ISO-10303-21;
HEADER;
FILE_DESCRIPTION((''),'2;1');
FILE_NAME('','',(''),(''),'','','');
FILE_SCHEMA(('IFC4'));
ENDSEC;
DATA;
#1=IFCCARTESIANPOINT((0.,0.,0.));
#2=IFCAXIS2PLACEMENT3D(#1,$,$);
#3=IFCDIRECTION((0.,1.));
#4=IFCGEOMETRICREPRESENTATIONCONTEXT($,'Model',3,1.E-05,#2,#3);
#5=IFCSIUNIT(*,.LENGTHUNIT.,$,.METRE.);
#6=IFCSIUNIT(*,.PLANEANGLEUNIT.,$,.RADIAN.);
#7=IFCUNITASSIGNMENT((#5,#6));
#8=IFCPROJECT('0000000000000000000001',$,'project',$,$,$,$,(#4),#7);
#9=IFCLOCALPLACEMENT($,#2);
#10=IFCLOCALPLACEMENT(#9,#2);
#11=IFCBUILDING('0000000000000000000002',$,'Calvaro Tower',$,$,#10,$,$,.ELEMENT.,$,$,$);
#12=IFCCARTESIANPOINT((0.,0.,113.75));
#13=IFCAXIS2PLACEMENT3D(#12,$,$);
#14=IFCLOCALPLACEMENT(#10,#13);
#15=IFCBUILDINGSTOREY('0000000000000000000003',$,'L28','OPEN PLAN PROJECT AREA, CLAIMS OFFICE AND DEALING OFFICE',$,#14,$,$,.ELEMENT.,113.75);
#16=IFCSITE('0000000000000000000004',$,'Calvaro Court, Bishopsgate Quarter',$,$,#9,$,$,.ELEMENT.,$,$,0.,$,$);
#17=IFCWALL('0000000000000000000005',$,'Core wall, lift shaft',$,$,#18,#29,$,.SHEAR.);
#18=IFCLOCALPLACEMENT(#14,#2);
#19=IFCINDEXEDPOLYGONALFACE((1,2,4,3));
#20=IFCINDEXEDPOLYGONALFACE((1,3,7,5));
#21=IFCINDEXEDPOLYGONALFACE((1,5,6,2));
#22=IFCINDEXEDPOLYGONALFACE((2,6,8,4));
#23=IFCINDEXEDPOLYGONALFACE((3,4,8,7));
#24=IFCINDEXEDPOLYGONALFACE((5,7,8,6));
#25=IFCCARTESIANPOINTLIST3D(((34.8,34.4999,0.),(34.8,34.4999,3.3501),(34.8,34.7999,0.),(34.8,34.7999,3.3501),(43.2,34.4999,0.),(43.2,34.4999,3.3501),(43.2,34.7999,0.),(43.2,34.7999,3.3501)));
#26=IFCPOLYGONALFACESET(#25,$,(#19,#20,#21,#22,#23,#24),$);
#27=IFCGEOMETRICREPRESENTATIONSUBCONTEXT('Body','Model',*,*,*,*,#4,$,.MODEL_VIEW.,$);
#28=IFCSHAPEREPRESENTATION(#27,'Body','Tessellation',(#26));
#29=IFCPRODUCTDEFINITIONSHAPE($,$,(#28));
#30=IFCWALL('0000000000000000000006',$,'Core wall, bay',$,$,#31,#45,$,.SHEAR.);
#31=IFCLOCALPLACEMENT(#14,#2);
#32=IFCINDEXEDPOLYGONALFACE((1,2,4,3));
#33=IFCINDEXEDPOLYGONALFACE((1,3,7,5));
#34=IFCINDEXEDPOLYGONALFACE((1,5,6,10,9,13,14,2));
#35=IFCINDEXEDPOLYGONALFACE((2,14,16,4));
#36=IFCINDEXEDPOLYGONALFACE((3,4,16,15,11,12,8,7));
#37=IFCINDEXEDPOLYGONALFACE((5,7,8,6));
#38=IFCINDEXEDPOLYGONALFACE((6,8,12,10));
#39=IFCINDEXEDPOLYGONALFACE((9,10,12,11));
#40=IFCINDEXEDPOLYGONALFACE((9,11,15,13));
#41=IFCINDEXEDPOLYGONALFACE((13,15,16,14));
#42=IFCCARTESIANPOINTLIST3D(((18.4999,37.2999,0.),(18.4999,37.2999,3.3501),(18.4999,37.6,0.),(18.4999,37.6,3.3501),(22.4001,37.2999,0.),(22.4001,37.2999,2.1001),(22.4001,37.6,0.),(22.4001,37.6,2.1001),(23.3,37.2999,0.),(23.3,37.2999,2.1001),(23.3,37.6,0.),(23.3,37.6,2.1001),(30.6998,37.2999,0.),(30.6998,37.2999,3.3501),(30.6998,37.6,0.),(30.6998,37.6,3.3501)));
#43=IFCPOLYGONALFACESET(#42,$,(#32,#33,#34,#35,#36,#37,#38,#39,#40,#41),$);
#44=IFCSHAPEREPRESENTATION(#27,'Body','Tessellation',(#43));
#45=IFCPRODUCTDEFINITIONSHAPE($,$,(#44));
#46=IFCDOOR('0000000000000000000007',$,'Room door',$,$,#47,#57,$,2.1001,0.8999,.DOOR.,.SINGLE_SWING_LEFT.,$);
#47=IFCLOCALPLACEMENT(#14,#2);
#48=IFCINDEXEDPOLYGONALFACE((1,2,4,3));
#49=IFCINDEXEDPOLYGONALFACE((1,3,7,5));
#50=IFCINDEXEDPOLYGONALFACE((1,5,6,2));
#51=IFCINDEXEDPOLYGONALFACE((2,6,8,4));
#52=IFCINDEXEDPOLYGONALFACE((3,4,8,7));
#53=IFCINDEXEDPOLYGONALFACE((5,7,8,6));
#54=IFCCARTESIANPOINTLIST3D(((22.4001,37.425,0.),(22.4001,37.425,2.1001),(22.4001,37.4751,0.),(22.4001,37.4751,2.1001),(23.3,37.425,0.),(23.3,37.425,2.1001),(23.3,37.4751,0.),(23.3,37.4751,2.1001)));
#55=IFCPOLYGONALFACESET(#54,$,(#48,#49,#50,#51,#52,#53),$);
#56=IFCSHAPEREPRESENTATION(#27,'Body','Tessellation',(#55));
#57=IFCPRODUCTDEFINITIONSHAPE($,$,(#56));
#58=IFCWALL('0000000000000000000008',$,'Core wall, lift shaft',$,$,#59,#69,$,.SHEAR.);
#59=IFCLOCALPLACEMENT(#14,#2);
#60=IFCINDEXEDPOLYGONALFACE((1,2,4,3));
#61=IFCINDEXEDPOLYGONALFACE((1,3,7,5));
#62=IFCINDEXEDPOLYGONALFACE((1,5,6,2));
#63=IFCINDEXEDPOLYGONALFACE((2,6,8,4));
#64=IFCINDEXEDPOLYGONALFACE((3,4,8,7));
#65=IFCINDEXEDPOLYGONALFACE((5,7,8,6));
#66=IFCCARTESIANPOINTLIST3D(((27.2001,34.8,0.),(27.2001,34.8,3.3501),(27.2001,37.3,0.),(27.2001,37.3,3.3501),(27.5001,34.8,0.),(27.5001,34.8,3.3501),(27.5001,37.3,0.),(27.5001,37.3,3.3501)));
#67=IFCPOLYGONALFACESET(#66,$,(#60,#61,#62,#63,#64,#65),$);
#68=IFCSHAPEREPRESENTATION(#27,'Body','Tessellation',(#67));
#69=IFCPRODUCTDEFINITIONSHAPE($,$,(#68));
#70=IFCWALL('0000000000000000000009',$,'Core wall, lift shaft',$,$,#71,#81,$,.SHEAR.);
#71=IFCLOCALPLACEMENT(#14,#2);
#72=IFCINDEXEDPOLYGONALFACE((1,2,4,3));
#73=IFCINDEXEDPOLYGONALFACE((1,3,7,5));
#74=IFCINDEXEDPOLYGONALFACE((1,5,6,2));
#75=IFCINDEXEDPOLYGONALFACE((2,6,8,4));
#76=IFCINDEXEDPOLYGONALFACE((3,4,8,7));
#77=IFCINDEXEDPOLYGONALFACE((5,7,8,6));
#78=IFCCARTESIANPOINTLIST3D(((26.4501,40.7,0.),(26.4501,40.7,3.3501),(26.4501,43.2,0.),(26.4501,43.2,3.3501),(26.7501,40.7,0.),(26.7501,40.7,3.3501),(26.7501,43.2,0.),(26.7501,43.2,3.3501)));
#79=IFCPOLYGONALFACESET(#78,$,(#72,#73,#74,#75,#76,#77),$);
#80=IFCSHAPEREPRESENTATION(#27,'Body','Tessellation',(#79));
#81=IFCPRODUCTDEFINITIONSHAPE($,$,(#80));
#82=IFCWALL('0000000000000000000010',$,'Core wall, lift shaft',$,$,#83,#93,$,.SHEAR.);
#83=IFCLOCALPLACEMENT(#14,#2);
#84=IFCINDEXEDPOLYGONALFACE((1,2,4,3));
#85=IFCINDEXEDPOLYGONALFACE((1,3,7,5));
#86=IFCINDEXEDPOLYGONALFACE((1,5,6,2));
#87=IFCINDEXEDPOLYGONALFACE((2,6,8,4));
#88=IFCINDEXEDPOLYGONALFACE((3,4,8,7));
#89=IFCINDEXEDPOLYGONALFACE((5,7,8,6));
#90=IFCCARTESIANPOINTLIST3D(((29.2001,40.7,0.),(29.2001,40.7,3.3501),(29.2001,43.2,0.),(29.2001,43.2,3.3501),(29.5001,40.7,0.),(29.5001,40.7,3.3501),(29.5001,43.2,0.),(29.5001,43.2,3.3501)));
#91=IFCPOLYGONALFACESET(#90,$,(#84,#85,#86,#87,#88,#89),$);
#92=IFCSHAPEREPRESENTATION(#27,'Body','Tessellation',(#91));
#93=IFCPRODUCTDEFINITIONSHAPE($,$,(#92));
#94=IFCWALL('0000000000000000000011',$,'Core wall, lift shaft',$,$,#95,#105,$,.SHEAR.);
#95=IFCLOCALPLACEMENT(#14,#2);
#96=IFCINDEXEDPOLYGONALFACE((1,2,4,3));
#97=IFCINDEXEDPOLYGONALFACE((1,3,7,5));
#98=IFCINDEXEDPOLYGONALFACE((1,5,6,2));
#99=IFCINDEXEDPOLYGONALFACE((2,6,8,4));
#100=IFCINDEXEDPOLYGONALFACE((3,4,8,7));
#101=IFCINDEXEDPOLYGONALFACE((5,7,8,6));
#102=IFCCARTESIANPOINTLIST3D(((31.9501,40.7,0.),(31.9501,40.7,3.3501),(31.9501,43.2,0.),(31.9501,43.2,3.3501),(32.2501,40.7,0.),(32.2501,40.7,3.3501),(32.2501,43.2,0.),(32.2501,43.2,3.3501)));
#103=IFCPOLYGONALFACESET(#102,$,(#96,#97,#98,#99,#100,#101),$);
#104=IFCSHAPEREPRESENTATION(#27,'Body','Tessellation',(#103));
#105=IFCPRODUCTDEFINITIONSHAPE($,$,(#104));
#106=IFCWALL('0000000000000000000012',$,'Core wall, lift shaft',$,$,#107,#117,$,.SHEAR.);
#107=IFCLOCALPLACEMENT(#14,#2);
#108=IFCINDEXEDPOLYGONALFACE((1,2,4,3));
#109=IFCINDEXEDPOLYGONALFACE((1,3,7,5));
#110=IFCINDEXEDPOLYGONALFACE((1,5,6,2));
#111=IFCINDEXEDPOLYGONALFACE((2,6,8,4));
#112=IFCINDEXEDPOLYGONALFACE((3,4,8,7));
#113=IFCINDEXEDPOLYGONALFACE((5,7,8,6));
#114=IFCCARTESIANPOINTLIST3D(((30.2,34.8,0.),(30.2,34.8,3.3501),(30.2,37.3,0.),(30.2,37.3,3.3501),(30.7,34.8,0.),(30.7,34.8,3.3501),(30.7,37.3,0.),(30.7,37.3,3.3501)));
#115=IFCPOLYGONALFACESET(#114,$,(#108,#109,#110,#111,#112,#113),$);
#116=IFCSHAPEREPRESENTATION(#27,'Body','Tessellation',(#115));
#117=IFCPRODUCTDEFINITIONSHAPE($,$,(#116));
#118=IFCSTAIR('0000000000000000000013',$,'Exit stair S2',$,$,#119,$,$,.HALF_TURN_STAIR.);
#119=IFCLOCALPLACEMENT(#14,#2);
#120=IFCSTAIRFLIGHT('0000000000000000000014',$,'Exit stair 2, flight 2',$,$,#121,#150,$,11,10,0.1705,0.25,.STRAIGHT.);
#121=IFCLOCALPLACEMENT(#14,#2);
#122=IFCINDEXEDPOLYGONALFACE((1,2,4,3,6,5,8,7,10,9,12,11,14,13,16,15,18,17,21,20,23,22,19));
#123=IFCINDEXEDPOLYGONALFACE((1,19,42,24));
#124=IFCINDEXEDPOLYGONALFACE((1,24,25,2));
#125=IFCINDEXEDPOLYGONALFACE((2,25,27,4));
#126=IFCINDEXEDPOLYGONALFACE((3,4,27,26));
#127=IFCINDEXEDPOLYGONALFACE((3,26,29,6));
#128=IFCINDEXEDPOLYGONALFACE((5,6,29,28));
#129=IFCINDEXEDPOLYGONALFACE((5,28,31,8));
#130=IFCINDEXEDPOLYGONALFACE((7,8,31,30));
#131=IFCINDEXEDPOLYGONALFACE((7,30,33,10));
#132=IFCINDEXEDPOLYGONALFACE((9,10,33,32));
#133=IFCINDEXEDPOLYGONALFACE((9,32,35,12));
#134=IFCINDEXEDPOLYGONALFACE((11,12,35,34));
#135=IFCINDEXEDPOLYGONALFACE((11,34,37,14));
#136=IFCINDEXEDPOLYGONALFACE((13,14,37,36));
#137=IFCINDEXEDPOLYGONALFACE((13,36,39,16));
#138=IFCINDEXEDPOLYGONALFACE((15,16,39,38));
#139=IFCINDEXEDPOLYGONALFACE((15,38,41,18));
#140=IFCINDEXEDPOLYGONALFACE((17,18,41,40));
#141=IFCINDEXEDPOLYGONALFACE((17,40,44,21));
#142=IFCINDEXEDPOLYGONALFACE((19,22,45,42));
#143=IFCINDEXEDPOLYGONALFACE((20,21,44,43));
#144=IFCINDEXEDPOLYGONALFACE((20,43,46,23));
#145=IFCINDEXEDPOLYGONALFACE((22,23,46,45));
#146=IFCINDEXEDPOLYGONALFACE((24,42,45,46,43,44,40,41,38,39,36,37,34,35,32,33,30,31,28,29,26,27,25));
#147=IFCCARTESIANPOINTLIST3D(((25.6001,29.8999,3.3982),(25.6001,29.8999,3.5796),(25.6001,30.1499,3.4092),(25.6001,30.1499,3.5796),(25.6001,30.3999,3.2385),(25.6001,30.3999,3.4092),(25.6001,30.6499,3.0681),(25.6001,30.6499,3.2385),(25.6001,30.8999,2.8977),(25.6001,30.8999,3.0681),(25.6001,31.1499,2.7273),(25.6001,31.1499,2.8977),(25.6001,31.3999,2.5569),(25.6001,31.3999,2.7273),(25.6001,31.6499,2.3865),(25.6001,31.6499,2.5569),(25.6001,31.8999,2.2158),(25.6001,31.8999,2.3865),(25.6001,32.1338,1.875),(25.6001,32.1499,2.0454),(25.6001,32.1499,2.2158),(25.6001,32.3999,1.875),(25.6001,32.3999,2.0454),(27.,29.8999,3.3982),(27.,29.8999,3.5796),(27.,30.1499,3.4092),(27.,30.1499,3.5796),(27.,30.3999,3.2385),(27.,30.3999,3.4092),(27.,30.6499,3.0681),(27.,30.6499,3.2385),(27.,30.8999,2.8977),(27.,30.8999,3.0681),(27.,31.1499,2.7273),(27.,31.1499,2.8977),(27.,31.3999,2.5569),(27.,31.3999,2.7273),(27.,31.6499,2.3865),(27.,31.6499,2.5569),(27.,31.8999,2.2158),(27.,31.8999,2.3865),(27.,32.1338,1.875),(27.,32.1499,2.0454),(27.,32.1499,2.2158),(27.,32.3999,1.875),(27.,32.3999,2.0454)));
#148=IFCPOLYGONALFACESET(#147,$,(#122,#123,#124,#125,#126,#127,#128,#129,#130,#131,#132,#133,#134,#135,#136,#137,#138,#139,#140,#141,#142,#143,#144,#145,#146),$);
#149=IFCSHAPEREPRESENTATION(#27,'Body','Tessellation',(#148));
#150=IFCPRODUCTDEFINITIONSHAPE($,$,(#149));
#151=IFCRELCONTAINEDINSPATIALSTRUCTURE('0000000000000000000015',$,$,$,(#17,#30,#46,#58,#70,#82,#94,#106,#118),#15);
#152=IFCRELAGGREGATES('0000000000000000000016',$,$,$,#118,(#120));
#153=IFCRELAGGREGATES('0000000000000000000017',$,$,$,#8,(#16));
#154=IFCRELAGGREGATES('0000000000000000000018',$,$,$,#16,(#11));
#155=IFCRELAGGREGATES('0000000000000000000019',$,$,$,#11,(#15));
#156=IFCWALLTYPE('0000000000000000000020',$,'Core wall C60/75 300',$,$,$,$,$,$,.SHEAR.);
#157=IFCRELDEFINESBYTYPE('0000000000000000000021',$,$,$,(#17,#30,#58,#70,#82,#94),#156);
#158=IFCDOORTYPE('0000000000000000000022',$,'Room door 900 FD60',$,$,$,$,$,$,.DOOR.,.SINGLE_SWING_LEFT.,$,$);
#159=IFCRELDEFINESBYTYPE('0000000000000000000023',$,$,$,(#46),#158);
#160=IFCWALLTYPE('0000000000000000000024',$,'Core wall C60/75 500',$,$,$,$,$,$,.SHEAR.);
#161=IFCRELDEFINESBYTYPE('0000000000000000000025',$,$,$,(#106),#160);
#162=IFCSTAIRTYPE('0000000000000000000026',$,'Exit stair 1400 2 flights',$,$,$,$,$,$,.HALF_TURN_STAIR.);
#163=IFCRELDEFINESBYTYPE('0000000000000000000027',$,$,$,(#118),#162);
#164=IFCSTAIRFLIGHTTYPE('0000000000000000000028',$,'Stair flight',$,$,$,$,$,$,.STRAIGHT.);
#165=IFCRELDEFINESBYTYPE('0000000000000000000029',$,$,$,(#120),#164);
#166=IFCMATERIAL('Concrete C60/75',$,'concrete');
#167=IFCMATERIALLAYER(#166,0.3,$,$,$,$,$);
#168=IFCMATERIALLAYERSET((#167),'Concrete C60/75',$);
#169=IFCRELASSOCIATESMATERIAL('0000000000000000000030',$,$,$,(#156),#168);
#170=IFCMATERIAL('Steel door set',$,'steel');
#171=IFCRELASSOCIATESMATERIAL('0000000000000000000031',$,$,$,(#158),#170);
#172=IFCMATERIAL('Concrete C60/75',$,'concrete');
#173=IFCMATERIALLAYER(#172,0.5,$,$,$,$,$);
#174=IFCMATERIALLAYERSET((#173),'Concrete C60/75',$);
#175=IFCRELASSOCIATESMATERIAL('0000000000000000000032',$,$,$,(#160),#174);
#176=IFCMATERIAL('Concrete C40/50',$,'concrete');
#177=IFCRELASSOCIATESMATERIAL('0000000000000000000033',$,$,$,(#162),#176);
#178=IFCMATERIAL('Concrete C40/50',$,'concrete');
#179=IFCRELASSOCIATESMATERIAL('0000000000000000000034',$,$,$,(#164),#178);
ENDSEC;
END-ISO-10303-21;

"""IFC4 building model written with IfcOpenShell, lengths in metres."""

from ifc_helpers import new_model, si_unit, direction, frame, frame_2d, origin, place, context, subcontext, project, spatial, polyline, rectangle, outline, extrude, material, layer, layer_set, type_object, element, fill, aggregate, save


model = new_model("IFC4")

# Units and contexts
model_context = context("Model", 3, precision=1e-05, world=origin(), true_north=direction((0.0, 1.0)))
body_context = subcontext(model_context, "Body", "Model", "MODEL_VIEW")
ifc_project = project(units=[si_unit("LENGTHUNIT", "METRE"), si_unit("PLANEANGLEUNIT", "RADIAN")], contexts=[model_context])

# Site, building, storey
site_placement = place(None, origin())
site = spatial("IfcSite", under=ifc_project, at=site_placement, Name="Calvaro Court, Bishopsgate Quarter", CompositionType="ELEMENT", RefElevation=0.0)
building_placement = place(site_placement, origin())
building = spatial("IfcBuilding", under=site, at=building_placement, Name="Calvaro Tower", CompositionType="ELEMENT")
storey_placement = place(building_placement, frame((0.0, 0.0, 113.75)))
storey = spatial("IfcBuildingStorey", under=building, at=storey_placement, Name="L28", Description="OPEN PLAN PROJECT AREA, CLAIMS OFFICE AND DEALING OFFICE", CompositionType="ELEMENT", Elevation=113.75)

# Wall
ifc_material_1 = material(Name="Concrete C60/75", Category="concrete")
ifc_layer_1 = layer(ifc_material_1, 0.3)
ifc_layer_set_1 = layer_set([ifc_layer_1], Name="Concrete C60/75")
wall_type_1 = type_object("IfcWallType", Name="Core wall C60/75 300", PredefinedType="SHEAR", material=ifc_layer_set_1)
wall_1_placement = place(storey_placement, frame((34.8, 34.6499, 0.0), z_axis=(0.0, 0.0, 1.0), x_axis=(1.0, 0.0, 0.0)))
element("IfcWall", 1, at=wall_1_placement, inside=storey, type_object=wall_type_1, Name="Core wall, lift shaft", PredefinedType="SHEAR", context=body_context, shape_type="SweptSolid", body=[
    extrude(rectangle(XDim=8.3999, YDim=0.3, at=frame_2d((4.2, 0.0))), origin(), (0.0, 0.0, 1.0), 3.3501),
])

# Wall, opening, door
wall_2_placement = place(storey_placement, frame((30.7, 37.45, 0.0), z_axis=(0.0, 0.0, 1.0), x_axis=(-1.0, 0.0, 0.0)))
wall_2 = element("IfcWall", 2, at=wall_2_placement, inside=storey, type_object=wall_type_1, Name="Core wall, bay", PredefinedType="SHEAR", context=body_context, shape_type="SweptSolid", body=[
    extrude(rectangle(XDim=12.2, YDim=0.3, at=frame_2d((6.1001, 0.0))), origin(), (0.0, 0.0, 1.0), 3.3501),
])
opening_placement = place(wall_2_placement, frame((7.3999, 0.0, 0.0)))
opening = element("IfcOpeningElement", 3, at=opening_placement, cuts=wall_2, PredefinedType="OPENING", context=body_context, shape_type="SweptSolid", body=[
    extrude(rectangle(XDim=0.8999, YDim=2.1001, at=frame_2d((0.45, 1.05))), frame((0.0, 0.1599, 0.0), z_axis=(0.0, -1.0, 0.0), x_axis=(1.0, 0.0, 0.0)), (0.0, 0.0, 1.0), 0.3201),
])
ifc_material_2 = material(Name="Steel door set", Category="steel")
door_type = type_object("IfcDoorType", Name="Room door 900 FD60", OperationType="SINGLE_SWING_LEFT", PredefinedType="DOOR", material=ifc_material_2)
door_placement = place(opening_placement, origin())
door = element("IfcDoor", 4, at=door_placement, inside=storey, type_object=door_type, Name="Room door", OperationType="SINGLE_SWING_LEFT", OverallHeight=2.1001, OverallWidth=0.8999, PredefinedType="DOOR", context=body_context, shape_type="SweptSolid", body=[
    extrude(rectangle(XDim=0.8999, YDim=2.1001, at=frame_2d((0.45, 1.05))), frame((0.0, 0.0249, 0.0), z_axis=(0.0, -1.0, 0.0), x_axis=(1.0, 0.0, 0.0)), (0.0, 0.0, 1.0), 0.05),
])
fill(opening, door)

# Walls
for number, where, z_axis, x_axis, name in (
    (5, (27.3501, 34.8, 0.0), (0.0, 0.0, 1.0), (0.0, 1.0, 0.0), "Core wall, lift shaft"),
    (6, (26.6001, 40.7, 0.0), (0.0, 0.0, 1.0), (0.0, 1.0, 0.0), "Core wall, lift shaft"),
    (7, (29.3501, 40.7, 0.0), (0.0, 0.0, 1.0), (0.0, 1.0, 0.0), "Core wall, lift shaft"),
    (8, (32.1001, 40.7, 0.0), (0.0, 0.0, 1.0), (0.0, 1.0, 0.0), "Core wall, lift shaft"),
):
    element("IfcWall", number, at=place(storey_placement, frame(where, z_axis=z_axis, x_axis=x_axis)), inside=storey, type_object=wall_type_1, Name=name, PredefinedType="SHEAR", context=body_context, shape_type="SweptSolid", body=[
        extrude(rectangle(XDim=2.5, YDim=0.3, at=frame_2d((1.25, 0.0))), origin(), (0.0, 0.0, 1.0), 3.3501),
    ])
ifc_material_3 = material(Name="Concrete C60/75", Category="concrete")
ifc_layer_2 = layer(ifc_material_3, 0.5)
ifc_layer_set_2 = layer_set([ifc_layer_2], Name="Concrete C60/75")
wall_type_2 = type_object("IfcWallType", Name="Core wall C60/75 500", PredefinedType="SHEAR", material=ifc_layer_set_2)
wall_3_placement = place(storey_placement, frame((30.45, 34.8, 0.0), z_axis=(0.0, 0.0, 1.0), x_axis=(0.0, 1.0, 0.0)))
element("IfcWall", 9, at=wall_3_placement, inside=storey, type_object=wall_type_2, Name="Core wall, lift shaft", PredefinedType="SHEAR", context=body_context, shape_type="SweptSolid", body=[
    extrude(rectangle(XDim=2.5, YDim=0.5, at=frame_2d((1.25, 0.0))), origin(), (0.0, 0.0, 1.0), 3.3501),
])

# Stair, stair flight
ifc_material_4 = material(Name="Concrete C40/50", Category="concrete")
stair_type = type_object("IfcStairType", Name="Exit stair 1400 2 flights", PredefinedType="HALF_TURN_STAIR", material=ifc_material_4)
stair_placement = place(storey_placement, origin())
stair = element("IfcStair", 10, at=stair_placement, inside=storey, type_object=stair_type, Name="Exit stair S2", PredefinedType="HALF_TURN_STAIR")
ifc_material_5 = material(Name="Concrete C40/50", Category="concrete")
stair_flight_type = type_object("IfcStairFlightType", Name="Stair flight", PredefinedType="STRAIGHT", material=ifc_material_5)
stair_flight_placement = place(storey_placement, frame((26.3, 32.3999, 1.875), z_axis=(0.0, 0.0, 1.0), x_axis=(0.0, -1.0, 0.0)))
stair_flight = element("IfcStairFlight", 11, at=stair_flight_placement, type_object=stair_flight_type, Name="Exit stair 2, flight 2", NumberOfRisers=11, NumberOfTreads=10, PredefinedType="STRAIGHT", RiserHeight=0.1705, TreadLength=0.25, context=body_context, shape_type="SweptSolid", body=[
    extrude(outline(polyline([(0.0, 0.0), (0.0, 0.1704), (0.25, 0.1704), (0.25, 0.3408), (0.5, 0.3408), (0.5, 0.5115), (0.75, 0.5115), (0.75, 0.6819), (1.0, 0.6819), (1.0, 0.8523), (1.25, 0.8523), (1.25, 1.0227), (1.5, 1.0227), (1.5, 1.1931), (1.75, 1.1931), (1.75, 1.3635), (2.0, 1.3635), (2.0, 1.5342), (2.25, 1.5342), (2.25, 1.7046), (2.5, 1.7046), (2.5, 1.875), (2.5, 1.5232), (0.2661, 0.0), (0.0, 0.0)])), frame((0.0, 0.7, 0.0), z_axis=(0.0, -1.0, 0.0), x_axis=(1.0, 0.0, 0.0)), (0.0, 0.0, 1.0), 1.3999),
])
aggregate(stair, [stair_flight])

save(model, "model.ifc")
